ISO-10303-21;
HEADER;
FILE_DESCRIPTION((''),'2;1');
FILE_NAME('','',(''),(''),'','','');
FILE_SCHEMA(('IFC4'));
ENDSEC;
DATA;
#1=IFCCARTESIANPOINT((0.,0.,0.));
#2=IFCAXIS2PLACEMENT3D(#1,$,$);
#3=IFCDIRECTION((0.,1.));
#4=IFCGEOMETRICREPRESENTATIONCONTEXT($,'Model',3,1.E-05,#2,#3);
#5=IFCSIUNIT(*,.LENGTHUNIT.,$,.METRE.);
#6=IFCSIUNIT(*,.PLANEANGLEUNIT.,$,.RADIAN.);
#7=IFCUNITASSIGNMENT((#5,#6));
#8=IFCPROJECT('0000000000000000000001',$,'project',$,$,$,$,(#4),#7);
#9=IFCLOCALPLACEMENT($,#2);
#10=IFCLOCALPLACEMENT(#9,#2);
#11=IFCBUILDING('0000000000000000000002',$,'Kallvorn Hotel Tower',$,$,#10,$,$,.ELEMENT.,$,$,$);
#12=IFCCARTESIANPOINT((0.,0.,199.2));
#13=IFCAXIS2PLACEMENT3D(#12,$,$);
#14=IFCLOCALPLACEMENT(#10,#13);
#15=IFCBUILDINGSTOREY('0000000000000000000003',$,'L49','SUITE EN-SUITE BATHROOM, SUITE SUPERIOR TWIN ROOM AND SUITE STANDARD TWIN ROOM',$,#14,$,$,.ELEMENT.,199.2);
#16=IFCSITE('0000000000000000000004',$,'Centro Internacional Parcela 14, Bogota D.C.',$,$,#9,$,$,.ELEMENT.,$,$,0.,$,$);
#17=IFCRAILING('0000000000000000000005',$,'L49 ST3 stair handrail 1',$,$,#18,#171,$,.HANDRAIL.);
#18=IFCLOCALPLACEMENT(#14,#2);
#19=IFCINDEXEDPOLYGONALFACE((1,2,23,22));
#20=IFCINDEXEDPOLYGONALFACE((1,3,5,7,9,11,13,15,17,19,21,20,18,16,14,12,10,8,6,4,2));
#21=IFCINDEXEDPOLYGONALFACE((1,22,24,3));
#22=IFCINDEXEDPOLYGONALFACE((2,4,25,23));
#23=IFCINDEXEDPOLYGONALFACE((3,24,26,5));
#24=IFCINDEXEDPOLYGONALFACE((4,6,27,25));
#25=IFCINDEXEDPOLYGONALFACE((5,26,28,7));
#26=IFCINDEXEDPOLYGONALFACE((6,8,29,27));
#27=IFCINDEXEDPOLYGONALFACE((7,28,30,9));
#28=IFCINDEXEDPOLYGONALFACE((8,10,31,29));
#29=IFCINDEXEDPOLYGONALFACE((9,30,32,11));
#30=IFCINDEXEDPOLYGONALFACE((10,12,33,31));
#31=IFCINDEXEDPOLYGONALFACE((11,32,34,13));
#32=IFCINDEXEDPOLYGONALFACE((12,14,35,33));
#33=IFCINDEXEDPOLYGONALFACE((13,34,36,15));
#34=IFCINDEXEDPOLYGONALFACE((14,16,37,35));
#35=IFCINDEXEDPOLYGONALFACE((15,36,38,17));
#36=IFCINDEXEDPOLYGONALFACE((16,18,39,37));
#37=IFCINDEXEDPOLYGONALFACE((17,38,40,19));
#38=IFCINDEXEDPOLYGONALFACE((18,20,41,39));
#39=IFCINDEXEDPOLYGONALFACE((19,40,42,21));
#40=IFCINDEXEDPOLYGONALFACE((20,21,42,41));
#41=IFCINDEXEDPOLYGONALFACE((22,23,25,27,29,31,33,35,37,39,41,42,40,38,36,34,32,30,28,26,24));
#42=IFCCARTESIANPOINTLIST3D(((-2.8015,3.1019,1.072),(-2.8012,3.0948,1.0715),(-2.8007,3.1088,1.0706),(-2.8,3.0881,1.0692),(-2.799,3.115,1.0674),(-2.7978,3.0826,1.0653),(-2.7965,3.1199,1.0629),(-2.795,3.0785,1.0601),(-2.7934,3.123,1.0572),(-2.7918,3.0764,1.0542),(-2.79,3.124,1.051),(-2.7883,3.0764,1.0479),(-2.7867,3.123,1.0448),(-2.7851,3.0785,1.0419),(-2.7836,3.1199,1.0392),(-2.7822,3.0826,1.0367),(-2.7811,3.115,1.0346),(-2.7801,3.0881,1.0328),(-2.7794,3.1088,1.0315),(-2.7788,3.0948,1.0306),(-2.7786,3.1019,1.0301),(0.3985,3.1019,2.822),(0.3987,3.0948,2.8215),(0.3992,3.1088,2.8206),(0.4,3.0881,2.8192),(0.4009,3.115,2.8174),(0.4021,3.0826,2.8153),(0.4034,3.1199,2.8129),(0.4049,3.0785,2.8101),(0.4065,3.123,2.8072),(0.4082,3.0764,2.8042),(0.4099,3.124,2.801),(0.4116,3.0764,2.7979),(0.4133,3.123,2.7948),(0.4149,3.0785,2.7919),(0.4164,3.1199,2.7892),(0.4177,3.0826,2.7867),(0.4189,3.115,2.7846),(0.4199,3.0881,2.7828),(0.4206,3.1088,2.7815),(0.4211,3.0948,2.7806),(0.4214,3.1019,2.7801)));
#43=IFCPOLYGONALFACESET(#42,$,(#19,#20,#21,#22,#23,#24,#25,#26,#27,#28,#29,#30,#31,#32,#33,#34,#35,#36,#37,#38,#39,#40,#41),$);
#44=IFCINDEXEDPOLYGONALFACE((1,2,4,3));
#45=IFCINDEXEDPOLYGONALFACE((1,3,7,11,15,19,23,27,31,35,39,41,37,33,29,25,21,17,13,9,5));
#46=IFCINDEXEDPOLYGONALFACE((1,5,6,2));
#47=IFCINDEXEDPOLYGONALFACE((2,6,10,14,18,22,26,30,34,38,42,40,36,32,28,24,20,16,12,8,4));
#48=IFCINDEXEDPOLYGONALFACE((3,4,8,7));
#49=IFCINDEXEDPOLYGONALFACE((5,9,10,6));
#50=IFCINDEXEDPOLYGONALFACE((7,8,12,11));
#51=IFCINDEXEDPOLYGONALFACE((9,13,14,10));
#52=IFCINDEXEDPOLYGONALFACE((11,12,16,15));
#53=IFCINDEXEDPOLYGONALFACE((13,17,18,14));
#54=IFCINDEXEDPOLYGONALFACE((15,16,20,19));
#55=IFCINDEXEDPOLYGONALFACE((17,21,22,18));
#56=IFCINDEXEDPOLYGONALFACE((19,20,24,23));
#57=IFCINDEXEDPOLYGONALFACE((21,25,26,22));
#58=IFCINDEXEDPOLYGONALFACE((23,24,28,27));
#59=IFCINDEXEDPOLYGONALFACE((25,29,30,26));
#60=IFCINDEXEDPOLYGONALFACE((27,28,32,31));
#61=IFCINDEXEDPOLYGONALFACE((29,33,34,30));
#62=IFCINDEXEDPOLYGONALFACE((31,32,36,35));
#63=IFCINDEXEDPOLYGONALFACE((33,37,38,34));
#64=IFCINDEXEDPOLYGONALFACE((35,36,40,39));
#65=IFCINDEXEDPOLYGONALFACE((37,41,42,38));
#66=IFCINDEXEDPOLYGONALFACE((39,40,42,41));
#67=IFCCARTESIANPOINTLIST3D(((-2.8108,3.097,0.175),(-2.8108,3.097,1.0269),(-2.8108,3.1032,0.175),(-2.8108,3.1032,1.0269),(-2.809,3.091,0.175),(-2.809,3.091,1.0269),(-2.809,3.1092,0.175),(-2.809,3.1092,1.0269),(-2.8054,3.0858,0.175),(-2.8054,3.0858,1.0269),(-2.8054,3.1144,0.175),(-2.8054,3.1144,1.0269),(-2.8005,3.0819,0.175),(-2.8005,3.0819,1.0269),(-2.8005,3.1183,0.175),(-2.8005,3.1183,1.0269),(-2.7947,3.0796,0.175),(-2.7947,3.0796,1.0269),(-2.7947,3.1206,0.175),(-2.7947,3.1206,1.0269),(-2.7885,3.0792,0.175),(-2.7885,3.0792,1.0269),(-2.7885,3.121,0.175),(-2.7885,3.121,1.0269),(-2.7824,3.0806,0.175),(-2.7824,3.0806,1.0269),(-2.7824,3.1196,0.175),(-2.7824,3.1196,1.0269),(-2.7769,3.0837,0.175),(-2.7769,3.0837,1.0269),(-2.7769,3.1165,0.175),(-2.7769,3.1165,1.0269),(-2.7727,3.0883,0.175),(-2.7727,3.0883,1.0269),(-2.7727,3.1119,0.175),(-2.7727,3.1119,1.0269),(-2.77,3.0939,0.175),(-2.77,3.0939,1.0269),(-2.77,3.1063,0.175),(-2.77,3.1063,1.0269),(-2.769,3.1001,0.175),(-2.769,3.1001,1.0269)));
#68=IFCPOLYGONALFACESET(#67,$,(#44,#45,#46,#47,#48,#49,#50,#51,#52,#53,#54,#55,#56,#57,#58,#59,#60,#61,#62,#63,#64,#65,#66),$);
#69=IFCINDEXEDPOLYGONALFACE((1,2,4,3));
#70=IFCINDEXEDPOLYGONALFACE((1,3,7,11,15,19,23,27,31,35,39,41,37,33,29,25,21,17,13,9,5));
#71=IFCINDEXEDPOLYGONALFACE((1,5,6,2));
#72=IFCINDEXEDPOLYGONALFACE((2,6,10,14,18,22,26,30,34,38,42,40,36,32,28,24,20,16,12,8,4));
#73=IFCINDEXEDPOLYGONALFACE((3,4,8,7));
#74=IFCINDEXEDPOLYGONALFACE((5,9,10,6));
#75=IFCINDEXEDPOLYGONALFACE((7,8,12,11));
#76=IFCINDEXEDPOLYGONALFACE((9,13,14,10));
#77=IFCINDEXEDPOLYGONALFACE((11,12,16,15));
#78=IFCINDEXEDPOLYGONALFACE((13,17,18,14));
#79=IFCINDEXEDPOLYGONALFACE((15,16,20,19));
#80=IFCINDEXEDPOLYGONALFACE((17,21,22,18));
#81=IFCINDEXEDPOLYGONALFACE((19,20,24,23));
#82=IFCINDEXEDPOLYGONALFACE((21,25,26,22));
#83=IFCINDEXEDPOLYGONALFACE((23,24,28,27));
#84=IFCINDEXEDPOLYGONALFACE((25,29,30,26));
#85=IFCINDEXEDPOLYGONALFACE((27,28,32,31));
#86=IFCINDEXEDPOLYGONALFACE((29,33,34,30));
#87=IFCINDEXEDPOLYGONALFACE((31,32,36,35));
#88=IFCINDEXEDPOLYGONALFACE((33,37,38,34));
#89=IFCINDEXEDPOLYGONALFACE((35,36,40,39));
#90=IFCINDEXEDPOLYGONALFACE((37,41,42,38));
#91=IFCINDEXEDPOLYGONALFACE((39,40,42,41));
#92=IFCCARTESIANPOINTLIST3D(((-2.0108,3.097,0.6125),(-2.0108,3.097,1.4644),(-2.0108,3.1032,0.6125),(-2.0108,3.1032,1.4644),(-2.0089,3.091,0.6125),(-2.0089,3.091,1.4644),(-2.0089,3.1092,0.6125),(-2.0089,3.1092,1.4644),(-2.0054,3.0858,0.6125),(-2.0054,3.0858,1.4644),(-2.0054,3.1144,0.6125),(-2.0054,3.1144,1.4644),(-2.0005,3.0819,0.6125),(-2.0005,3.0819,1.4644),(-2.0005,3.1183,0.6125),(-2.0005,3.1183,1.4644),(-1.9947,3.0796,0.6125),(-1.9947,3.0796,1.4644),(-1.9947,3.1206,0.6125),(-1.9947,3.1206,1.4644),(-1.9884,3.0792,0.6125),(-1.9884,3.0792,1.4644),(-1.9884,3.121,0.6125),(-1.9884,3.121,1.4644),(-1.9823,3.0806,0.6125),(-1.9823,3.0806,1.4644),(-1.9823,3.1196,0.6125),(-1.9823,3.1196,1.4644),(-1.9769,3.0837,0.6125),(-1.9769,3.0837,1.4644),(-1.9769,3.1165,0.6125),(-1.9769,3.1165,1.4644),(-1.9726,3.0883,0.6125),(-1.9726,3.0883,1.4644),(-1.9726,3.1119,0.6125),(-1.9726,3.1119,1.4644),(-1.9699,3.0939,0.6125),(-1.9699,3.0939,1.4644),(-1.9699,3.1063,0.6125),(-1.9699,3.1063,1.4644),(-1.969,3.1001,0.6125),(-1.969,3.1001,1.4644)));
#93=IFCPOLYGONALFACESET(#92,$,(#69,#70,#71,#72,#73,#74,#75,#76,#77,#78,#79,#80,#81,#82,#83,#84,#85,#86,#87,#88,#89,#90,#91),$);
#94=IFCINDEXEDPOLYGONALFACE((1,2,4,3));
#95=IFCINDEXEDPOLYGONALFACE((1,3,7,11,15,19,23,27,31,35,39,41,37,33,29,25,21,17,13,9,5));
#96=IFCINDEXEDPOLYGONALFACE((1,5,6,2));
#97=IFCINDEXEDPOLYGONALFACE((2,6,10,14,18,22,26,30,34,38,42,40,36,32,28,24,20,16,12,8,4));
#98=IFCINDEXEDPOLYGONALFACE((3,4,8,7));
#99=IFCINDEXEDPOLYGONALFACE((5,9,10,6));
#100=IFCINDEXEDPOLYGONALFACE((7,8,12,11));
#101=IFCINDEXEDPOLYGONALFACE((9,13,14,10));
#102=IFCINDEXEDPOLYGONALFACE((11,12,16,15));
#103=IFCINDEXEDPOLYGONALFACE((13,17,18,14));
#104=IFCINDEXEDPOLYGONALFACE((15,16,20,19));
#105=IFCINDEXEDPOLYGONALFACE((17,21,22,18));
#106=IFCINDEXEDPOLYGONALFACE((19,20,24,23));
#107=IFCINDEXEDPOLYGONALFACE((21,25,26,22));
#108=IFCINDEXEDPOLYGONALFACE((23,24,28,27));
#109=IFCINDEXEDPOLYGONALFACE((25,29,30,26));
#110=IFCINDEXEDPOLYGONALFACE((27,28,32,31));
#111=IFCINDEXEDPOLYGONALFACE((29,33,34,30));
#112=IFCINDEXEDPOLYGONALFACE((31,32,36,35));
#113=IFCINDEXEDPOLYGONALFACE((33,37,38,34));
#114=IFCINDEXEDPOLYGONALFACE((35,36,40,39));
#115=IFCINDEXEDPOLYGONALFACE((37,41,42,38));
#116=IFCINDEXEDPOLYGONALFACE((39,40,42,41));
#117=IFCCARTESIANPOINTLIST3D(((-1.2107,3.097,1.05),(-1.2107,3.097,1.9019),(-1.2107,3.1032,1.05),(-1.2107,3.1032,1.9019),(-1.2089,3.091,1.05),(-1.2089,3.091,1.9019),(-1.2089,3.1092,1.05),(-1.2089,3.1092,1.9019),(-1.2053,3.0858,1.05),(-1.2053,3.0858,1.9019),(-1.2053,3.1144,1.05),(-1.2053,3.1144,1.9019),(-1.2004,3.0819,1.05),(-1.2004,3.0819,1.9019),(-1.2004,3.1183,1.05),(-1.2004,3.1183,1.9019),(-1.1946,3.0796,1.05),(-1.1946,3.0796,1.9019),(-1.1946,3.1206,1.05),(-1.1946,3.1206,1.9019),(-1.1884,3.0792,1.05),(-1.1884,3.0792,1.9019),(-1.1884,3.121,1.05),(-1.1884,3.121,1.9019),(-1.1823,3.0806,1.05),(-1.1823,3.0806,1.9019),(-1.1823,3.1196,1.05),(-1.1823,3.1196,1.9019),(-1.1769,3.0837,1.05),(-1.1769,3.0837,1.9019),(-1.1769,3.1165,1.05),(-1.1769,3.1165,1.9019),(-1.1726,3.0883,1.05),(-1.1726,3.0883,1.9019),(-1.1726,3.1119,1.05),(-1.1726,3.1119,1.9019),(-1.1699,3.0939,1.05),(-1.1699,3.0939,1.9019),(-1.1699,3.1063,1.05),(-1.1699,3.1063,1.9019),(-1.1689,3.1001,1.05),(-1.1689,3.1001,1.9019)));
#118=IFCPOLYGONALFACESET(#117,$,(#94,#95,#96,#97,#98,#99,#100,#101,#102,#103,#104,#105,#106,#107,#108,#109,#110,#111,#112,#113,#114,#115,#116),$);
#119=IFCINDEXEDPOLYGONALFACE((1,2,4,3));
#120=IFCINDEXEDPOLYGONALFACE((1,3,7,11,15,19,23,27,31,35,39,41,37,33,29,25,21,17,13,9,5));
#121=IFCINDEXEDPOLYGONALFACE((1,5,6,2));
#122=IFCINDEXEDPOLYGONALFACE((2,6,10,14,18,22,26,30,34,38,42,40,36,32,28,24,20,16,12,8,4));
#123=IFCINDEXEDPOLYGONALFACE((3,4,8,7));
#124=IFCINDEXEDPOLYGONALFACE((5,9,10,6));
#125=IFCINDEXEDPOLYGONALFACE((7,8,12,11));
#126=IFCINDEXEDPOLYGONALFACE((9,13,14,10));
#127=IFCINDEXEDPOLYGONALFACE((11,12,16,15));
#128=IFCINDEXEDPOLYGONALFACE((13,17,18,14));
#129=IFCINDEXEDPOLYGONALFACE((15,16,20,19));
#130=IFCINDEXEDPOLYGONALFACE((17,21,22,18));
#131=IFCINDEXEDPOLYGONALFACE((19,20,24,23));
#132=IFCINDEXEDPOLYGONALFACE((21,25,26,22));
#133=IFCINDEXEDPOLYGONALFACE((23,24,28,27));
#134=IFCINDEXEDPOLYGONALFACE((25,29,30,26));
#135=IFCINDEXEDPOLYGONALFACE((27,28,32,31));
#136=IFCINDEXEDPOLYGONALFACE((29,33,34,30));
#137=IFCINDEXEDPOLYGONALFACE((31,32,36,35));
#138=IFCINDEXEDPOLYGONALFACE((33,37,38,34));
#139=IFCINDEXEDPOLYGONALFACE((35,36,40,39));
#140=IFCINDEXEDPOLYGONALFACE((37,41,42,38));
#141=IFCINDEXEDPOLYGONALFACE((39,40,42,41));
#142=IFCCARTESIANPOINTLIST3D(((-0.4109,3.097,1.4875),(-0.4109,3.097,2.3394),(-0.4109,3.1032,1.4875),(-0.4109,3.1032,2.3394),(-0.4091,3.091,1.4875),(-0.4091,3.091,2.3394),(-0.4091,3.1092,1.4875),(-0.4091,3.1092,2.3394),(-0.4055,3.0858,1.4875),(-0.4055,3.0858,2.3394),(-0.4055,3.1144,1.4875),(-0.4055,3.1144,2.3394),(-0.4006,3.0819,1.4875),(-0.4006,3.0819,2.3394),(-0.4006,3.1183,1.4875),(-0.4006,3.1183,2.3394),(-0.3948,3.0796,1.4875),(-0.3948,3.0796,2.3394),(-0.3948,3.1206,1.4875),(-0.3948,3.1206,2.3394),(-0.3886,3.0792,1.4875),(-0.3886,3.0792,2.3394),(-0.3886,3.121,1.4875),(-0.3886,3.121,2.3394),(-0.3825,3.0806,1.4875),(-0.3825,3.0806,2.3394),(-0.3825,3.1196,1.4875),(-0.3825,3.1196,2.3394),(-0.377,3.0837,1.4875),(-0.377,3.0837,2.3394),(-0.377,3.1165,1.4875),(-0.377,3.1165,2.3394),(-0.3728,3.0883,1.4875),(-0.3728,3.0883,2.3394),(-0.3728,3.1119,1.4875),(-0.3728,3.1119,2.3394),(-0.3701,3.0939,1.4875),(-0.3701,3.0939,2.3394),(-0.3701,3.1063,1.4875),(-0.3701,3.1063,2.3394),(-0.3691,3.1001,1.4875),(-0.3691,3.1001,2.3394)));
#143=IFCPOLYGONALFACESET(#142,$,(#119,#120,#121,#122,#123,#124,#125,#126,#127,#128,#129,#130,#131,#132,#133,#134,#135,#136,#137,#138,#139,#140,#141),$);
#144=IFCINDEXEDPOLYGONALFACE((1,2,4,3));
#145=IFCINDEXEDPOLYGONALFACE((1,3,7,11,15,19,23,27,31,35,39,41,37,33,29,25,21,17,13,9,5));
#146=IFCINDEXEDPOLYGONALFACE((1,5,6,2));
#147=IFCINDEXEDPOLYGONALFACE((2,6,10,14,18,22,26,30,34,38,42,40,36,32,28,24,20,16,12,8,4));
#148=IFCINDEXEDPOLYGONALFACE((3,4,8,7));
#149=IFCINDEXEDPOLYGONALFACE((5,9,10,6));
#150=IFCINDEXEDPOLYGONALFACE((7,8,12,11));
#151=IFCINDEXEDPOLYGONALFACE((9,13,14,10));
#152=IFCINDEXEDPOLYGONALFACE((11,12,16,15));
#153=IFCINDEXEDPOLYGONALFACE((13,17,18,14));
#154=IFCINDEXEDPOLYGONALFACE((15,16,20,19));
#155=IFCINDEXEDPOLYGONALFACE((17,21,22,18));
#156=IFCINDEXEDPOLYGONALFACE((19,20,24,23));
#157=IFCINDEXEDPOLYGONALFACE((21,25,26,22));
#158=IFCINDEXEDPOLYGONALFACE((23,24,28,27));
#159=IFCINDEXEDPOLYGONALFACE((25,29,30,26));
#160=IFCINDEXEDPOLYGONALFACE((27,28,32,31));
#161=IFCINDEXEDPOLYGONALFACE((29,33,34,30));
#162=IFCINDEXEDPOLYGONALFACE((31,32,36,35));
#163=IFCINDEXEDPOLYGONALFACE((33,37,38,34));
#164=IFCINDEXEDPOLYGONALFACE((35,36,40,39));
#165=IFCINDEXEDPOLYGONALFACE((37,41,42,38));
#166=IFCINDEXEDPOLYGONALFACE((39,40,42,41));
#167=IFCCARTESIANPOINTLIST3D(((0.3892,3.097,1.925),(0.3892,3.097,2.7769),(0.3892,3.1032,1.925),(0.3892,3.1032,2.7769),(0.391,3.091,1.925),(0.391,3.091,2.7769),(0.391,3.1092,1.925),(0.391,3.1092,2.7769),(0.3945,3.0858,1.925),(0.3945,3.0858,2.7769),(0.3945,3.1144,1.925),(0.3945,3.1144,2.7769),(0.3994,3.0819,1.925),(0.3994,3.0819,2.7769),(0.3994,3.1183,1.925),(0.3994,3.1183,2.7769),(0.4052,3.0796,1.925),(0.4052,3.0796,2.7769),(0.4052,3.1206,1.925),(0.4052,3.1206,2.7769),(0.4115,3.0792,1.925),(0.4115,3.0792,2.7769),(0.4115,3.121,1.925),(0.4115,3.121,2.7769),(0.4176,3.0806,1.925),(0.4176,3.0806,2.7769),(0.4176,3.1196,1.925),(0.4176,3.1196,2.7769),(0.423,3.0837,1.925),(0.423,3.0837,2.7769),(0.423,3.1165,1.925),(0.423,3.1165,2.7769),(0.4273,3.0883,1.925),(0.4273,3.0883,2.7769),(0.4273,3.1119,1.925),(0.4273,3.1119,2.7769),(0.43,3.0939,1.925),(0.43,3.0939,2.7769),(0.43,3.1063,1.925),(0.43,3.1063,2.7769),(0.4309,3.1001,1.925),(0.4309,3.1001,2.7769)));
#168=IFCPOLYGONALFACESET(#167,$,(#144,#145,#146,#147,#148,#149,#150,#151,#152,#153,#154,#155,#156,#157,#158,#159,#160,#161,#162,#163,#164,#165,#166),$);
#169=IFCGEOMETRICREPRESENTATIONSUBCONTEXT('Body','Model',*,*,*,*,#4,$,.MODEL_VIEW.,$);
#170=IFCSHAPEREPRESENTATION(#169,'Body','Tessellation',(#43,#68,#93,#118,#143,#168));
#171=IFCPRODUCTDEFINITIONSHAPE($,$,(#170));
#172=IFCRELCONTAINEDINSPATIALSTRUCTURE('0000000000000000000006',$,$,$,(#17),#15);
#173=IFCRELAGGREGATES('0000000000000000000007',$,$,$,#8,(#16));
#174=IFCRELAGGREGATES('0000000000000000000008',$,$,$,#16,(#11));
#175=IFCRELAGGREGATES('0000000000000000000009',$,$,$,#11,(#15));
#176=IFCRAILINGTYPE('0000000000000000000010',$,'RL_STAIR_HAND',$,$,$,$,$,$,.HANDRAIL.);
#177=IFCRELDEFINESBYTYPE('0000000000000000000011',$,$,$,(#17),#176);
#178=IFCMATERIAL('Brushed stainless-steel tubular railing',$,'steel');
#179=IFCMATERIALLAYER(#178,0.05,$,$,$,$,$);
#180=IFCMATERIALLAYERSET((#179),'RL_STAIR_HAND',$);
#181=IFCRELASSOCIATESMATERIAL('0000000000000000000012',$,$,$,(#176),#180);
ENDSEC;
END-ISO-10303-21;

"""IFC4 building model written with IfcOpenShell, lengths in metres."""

from ifc_helpers import new_model, si_unit, direction, frame, origin, origin_2d, place, context, subcontext, project, spatial, circle, extrude, material, layer, layer_set, type_object, element, save


model = new_model("IFC4")

# Units and contexts
model_context = context("Model", 3, precision=1e-05, world=origin(), true_north=direction((0.0, 1.0)))
body_context = subcontext(model_context, "Body", "Model", "MODEL_VIEW")
ifc_project = project(units=[si_unit("LENGTHUNIT", "METRE"), si_unit("PLANEANGLEUNIT", "RADIAN")], contexts=[model_context])

# Site, building, storey
site_placement = place(None, origin())
site = spatial("IfcSite", under=ifc_project, at=site_placement, Name="Centro Internacional Parcela 14, Bogota D.C.", CompositionType="ELEMENT", RefElevation=0.0)
building_placement = place(site_placement, origin())
building = spatial("IfcBuilding", under=site, at=building_placement, Name="Kallvorn Hotel Tower", CompositionType="ELEMENT")
storey_placement = place(building_placement, frame((0.0, 0.0, 199.2)))
storey = spatial("IfcBuildingStorey", under=building, at=storey_placement, Name="L49", Description="SUITE EN-SUITE BATHROOM, SUITE SUPERIOR TWIN ROOM AND SUITE STANDARD TWIN ROOM", CompositionType="ELEMENT", Elevation=199.2)

# Railing
ifc_material_1 = material(Name="Brushed stainless-steel tubular railing", Category="steel")
ifc_layer_1 = layer(ifc_material_1, 0.05)
ifc_layer_set_1 = layer_set([ifc_layer_1], Name="RL_STAIR_HAND")
railing_type_1 = type_object("IfcRailingType", Name="RL_STAIR_HAND", PredefinedType="HANDRAIL", material=ifc_layer_set_1)
railing_1_placement = place(storey_placement, frame((-2.79, 3.1001, 0.175)))
element("IfcRailing", 1, at=railing_1_placement, inside=storey, type_object=railing_type_1, Name="L49 ST3 stair handrail 1", PredefinedType="HANDRAIL", context=body_context, shape_type="SweptSolid", body=[
    extrude(circle(Radius=0.0239, at=origin_2d()), frame((0.0, 0.0, 0.876), z_axis=(0.877368, 0.0, 0.479818), x_axis=(0.0, 1.0, 0.0)), (0.0, 0.0, 1.0), 3.6472),
    extrude(circle(Radius=0.021, at=origin_2d()), origin(), (0.0, 0.0, 1.0), 0.8518),
    extrude(circle(Radius=0.021, at=origin_2d()), frame((0.8, 0.0, 0.4375)), (0.0, 0.0, 1.0), 0.8518),
    extrude(circle(Radius=0.021, at=origin_2d()), frame((1.6001, 0.0, 0.875)), (0.0, 0.0, 1.0), 0.8518),
    extrude(circle(Radius=0.021, at=origin_2d()), frame((2.3999, 0.0, 1.3125)), (0.0, 0.0, 1.0), 0.8518),
    extrude(circle(Radius=0.021, at=origin_2d()), frame((3.2, 0.0, 1.75)), (0.0, 0.0, 1.0), 0.8518),
])

save(model, "model.ifc")
